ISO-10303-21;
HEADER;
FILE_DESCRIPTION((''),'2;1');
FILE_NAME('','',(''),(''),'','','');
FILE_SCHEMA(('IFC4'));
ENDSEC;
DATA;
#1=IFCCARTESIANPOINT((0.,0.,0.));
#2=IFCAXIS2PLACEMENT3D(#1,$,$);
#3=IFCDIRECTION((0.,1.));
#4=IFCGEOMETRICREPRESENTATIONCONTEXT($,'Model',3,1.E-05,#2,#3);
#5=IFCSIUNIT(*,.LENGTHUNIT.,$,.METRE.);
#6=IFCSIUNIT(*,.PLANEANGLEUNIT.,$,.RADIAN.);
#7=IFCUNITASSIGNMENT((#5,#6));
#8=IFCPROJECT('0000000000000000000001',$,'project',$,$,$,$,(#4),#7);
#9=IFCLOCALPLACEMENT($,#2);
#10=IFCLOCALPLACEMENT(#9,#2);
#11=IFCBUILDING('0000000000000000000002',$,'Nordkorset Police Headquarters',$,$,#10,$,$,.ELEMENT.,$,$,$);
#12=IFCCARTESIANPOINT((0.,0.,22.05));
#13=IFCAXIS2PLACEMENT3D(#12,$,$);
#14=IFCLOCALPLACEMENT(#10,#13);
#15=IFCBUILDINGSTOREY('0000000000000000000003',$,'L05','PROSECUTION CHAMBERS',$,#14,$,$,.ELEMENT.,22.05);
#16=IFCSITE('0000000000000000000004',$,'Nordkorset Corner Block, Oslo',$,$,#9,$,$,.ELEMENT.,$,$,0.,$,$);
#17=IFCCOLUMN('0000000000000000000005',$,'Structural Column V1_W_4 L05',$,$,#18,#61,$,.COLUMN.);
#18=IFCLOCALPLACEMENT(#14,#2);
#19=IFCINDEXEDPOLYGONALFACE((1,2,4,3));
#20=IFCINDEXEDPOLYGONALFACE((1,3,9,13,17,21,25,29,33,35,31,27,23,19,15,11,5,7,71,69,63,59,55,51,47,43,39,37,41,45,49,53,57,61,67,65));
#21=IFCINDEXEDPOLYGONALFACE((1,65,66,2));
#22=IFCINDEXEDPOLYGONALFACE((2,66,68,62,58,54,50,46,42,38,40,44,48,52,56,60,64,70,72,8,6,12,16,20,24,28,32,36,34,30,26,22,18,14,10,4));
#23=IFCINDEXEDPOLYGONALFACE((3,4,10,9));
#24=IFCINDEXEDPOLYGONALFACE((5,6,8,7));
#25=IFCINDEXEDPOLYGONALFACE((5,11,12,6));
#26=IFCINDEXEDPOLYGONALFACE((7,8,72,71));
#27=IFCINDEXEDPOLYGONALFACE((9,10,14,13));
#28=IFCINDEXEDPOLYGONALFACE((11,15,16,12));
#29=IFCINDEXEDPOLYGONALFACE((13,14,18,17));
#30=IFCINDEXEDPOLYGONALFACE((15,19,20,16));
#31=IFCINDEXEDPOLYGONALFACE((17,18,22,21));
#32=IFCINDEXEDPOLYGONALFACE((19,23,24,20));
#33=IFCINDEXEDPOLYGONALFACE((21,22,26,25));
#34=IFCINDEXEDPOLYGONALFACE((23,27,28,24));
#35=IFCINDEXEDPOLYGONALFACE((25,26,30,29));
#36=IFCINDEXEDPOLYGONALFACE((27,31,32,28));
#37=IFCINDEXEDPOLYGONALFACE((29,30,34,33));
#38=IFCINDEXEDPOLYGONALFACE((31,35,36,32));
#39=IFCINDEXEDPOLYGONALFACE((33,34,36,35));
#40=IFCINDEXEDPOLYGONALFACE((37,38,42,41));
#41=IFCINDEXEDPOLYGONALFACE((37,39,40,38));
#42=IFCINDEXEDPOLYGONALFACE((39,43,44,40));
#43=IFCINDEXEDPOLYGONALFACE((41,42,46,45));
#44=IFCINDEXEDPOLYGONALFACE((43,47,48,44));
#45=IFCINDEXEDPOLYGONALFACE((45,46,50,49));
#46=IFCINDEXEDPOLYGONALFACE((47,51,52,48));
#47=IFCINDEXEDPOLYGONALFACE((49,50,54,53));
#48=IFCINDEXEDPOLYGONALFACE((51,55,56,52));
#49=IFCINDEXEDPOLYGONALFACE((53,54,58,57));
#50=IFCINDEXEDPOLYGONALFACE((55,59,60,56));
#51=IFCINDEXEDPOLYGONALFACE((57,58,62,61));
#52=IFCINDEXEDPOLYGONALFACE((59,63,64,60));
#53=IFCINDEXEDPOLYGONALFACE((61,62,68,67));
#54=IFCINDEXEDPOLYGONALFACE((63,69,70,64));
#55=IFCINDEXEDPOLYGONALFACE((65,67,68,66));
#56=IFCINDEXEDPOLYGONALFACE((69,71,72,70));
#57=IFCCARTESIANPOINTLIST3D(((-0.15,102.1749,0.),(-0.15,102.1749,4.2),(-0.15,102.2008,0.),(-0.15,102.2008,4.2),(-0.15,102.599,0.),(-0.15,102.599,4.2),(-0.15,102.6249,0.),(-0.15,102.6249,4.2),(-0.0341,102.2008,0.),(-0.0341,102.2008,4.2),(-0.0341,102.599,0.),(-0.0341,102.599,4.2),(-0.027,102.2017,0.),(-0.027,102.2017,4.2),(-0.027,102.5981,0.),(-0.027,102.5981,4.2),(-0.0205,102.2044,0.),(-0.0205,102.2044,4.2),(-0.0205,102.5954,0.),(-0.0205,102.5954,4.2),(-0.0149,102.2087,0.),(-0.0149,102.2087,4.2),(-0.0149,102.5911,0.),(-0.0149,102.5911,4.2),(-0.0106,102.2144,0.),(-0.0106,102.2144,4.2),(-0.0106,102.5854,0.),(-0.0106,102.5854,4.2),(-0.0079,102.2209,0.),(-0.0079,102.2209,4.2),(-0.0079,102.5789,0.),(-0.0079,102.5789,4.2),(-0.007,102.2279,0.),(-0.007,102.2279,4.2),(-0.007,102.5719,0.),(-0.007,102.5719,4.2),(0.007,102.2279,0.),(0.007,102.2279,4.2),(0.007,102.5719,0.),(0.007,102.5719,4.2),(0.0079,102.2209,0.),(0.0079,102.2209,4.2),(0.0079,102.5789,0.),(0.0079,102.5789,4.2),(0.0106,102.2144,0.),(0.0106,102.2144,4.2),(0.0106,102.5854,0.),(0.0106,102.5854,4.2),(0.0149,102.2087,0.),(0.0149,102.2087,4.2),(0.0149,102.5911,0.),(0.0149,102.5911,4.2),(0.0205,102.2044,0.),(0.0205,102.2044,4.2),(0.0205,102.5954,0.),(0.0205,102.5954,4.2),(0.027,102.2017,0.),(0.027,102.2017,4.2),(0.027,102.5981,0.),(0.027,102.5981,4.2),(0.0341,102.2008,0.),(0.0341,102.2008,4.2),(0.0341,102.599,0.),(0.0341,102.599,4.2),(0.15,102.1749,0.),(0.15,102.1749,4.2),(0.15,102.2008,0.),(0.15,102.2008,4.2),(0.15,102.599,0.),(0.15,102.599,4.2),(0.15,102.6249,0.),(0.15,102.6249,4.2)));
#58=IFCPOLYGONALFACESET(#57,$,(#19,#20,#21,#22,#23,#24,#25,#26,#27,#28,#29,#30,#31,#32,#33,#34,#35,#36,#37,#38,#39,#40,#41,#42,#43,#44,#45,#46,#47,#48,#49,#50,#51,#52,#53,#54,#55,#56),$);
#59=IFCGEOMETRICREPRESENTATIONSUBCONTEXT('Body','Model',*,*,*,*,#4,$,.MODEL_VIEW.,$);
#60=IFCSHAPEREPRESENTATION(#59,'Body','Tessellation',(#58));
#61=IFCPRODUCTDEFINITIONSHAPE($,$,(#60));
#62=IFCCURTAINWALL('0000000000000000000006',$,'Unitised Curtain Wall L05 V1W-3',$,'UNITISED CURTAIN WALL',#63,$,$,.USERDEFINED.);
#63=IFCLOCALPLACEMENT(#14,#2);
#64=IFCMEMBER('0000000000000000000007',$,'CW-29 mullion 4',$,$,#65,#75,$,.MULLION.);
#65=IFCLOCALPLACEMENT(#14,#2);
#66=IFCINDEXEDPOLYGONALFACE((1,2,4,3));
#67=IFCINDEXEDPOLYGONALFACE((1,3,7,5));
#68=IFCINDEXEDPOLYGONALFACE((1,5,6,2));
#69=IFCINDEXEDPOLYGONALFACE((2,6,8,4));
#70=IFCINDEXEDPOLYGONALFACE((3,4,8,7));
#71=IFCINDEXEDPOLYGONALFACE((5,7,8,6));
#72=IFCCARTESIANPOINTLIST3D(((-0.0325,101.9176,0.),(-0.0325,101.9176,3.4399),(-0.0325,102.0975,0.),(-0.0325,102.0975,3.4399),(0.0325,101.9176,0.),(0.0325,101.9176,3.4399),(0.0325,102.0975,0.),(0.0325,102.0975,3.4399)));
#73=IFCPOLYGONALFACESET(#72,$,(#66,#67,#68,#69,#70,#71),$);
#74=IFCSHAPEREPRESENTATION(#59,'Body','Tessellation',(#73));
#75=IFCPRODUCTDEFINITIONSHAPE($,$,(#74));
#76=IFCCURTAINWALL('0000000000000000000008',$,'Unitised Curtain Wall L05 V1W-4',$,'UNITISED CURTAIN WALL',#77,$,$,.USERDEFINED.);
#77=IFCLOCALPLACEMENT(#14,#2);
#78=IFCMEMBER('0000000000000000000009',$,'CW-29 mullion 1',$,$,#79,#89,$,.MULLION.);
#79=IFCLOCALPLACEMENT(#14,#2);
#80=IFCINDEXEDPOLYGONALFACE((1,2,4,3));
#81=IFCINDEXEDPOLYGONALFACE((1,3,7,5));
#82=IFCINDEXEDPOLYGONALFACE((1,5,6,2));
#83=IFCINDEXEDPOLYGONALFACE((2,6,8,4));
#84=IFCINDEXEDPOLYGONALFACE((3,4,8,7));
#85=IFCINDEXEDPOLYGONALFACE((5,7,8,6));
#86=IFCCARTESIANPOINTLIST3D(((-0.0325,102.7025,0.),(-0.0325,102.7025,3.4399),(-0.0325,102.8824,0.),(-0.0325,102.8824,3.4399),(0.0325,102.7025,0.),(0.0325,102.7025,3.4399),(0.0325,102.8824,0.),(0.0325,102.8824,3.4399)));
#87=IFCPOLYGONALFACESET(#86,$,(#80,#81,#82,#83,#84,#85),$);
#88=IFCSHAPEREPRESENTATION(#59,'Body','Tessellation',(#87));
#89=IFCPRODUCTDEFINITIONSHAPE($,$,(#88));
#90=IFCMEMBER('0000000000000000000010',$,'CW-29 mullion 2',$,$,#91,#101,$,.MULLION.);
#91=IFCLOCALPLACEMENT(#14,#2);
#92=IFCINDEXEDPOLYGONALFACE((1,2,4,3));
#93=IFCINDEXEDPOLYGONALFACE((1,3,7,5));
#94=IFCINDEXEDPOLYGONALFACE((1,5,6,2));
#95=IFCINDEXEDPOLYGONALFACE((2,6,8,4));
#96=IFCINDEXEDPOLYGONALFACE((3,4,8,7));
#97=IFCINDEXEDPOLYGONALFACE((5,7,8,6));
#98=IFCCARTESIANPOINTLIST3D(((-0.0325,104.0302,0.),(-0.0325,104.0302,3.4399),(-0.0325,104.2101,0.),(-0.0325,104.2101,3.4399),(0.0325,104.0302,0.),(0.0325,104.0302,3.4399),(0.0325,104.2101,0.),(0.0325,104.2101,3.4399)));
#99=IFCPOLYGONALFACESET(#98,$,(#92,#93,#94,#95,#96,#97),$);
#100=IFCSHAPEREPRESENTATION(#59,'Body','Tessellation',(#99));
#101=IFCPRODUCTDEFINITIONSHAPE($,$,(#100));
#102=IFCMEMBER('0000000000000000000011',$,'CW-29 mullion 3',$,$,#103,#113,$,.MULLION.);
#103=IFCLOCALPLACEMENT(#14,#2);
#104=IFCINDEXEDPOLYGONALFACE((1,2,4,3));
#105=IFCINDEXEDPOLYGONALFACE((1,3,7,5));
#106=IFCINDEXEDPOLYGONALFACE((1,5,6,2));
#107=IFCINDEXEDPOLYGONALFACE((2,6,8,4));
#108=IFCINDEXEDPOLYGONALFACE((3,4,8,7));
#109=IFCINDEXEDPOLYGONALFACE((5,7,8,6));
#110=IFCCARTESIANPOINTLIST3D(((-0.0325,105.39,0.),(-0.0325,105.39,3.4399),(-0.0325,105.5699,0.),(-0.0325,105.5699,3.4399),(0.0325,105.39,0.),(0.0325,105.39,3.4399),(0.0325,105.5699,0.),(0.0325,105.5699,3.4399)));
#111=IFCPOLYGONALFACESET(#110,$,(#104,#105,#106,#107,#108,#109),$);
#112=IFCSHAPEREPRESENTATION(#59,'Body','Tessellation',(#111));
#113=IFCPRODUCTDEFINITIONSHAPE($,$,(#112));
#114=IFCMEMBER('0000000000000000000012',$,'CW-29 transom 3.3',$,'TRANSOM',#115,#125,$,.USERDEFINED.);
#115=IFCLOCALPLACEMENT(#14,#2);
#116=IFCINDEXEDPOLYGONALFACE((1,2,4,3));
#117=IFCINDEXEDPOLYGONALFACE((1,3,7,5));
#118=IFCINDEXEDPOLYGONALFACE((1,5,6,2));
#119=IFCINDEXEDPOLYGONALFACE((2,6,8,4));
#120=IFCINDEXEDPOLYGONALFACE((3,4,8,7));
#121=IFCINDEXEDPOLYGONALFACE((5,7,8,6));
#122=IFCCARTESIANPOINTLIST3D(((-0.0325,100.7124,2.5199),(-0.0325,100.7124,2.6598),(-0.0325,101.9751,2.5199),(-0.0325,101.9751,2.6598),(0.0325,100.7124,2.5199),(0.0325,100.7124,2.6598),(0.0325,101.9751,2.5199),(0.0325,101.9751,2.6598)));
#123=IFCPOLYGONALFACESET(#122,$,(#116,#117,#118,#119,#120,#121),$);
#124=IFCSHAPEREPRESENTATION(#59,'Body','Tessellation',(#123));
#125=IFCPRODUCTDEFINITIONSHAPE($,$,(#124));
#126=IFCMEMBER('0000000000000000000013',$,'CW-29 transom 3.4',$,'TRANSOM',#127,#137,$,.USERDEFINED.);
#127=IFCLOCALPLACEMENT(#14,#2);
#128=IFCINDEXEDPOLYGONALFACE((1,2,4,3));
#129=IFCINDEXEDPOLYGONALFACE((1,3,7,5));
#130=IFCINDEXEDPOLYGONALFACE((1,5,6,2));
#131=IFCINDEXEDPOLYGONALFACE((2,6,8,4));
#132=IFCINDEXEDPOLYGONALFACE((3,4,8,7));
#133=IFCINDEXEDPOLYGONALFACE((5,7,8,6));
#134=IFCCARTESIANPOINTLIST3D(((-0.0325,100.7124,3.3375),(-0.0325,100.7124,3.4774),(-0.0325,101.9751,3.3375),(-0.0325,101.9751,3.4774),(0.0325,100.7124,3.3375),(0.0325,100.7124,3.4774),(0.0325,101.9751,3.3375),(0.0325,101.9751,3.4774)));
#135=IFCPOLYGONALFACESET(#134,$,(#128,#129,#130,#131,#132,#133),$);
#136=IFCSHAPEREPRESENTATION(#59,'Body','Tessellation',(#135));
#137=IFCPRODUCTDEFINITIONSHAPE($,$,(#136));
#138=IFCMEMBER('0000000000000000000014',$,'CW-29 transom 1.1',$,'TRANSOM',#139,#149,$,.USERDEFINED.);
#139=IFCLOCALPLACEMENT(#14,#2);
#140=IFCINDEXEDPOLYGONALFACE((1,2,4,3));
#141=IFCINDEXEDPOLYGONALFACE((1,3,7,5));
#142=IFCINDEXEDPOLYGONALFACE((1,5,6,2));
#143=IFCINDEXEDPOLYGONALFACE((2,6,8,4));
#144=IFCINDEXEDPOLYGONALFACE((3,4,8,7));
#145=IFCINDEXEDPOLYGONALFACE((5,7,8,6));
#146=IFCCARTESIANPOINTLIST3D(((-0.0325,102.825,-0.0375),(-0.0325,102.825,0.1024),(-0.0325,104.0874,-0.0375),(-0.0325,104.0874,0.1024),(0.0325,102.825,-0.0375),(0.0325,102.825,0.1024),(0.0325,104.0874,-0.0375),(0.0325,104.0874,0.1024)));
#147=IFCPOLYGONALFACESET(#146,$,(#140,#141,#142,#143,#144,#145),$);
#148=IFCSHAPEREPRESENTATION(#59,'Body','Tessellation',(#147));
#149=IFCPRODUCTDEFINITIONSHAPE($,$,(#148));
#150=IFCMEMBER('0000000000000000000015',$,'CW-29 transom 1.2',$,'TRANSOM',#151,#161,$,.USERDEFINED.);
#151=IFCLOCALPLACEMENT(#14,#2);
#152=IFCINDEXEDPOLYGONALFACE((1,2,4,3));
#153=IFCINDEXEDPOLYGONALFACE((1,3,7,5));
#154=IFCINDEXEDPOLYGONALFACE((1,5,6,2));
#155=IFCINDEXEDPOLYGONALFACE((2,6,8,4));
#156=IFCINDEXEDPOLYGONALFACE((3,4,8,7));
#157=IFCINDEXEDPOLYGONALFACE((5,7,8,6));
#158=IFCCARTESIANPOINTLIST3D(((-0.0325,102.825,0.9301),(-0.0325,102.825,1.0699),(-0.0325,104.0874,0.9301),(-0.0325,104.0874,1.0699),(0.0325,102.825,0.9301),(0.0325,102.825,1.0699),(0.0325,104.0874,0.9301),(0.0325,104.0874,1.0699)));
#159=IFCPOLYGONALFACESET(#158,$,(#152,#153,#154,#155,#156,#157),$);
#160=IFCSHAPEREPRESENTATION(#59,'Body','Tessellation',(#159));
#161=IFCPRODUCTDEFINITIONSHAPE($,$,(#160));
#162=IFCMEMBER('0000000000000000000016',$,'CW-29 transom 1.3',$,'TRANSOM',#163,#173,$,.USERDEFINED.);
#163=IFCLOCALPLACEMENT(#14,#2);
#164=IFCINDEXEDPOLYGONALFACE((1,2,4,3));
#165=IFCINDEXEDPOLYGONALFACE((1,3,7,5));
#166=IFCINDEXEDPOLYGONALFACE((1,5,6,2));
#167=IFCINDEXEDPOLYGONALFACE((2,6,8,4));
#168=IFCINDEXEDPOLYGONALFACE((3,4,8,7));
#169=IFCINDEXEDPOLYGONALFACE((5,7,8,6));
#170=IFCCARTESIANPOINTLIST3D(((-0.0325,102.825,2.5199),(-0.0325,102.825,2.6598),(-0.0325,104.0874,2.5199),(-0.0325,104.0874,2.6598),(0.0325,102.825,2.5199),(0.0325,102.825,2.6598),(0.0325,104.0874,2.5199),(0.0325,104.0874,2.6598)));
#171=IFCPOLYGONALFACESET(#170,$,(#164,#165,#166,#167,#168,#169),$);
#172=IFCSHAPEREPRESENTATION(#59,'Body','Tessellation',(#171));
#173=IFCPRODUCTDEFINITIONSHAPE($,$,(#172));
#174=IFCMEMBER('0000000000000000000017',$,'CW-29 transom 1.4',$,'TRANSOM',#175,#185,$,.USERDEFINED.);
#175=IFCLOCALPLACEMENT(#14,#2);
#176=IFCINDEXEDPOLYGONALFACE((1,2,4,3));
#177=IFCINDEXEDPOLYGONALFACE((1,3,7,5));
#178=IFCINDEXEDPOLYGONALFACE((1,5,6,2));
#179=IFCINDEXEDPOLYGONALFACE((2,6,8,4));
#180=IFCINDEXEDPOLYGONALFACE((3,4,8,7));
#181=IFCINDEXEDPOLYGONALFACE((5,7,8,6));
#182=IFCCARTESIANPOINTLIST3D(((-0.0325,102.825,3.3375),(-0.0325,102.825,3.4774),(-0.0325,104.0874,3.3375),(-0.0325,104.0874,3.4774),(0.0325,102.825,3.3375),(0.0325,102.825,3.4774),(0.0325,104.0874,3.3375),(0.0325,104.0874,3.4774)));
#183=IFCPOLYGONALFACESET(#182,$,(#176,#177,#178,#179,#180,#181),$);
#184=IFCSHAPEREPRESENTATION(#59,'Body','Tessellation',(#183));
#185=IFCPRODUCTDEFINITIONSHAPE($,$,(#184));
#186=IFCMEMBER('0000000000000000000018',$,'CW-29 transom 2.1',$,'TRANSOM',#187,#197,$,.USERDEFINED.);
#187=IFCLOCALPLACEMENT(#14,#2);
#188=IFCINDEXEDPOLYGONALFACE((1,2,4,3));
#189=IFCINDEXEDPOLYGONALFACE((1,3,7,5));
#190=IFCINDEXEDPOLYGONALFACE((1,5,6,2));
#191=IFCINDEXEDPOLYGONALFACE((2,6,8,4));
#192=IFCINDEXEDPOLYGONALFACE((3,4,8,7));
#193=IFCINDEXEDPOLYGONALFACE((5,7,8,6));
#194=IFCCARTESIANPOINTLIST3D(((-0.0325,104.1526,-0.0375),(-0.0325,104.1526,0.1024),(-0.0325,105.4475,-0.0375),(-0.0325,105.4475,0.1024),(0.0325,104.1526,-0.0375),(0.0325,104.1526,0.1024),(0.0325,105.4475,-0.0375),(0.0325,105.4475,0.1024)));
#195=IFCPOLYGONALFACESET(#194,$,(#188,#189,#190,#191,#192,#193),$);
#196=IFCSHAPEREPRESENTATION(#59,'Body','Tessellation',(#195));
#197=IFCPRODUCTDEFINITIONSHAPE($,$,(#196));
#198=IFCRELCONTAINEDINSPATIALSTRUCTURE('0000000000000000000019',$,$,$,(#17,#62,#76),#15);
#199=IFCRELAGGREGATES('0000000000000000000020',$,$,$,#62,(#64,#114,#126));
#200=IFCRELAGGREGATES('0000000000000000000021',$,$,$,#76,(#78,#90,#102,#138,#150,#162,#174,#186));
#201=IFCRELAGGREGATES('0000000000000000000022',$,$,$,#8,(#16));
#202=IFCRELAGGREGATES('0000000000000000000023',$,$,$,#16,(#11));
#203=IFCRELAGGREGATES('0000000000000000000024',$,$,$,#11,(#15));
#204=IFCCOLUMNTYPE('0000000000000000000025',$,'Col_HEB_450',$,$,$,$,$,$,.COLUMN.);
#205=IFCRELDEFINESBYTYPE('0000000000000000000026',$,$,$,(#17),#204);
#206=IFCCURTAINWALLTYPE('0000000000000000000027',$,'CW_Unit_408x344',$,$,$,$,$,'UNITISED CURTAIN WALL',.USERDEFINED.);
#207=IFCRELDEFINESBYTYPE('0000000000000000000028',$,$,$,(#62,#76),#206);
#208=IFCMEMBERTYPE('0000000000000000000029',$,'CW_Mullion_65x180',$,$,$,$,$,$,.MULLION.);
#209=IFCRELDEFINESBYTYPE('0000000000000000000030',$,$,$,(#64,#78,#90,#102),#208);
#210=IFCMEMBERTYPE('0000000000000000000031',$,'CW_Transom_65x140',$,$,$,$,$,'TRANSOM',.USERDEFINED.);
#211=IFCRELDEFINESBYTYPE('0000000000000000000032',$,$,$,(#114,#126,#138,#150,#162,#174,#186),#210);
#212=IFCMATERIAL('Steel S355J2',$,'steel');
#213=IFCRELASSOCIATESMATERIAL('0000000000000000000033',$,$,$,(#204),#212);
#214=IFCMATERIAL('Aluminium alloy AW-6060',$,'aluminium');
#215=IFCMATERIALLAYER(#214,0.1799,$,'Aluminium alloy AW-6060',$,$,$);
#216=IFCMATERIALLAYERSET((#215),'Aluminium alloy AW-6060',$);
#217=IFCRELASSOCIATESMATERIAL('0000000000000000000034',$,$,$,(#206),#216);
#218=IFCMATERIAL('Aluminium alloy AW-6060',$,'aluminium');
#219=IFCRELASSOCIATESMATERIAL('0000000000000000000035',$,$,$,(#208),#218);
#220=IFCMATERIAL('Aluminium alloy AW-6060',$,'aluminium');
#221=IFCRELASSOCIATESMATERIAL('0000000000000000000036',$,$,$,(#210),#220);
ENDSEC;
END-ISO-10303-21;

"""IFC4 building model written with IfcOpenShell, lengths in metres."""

from ifc_helpers import new_model, si_unit, direction, frame, origin, origin_2d, place, context, subcontext, project, spatial, rectangle, i_section, extrude, material, layer, layer_set, material_profile, profile_set, type_object, element, aggregate, save


model = new_model("IFC4")

# Units and contexts
model_context = context("Model", 3, precision=1e-05, world=origin(), true_north=direction((0.0, 1.0)))
body_context = subcontext(model_context, "Body", "Model", "MODEL_VIEW")
ifc_project = project(units=[si_unit("LENGTHUNIT", "METRE"), si_unit("PLANEANGLEUNIT", "RADIAN")], contexts=[model_context])

# Site, building, storey
site_placement = place(None, origin())
site = spatial("IfcSite", under=ifc_project, at=site_placement, Name="Nordkorset Corner Block, Oslo", CompositionType="ELEMENT", RefElevation=0.0)
building_placement = place(site_placement, origin())
building = spatial("IfcBuilding", under=site, at=building_placement, Name="Nordkorset Police Headquarters", CompositionType="ELEMENT")
storey_placement = place(building_placement, frame((0.0, 0.0, 22.05)))
storey = spatial("IfcBuildingStorey", under=building, at=storey_placement, Name="L05", Description="PROSECUTION CHAMBERS", CompositionType="ELEMENT", Elevation=22.05)

# Column
ifc_material_1 = material(Name="Steel S355J2", Category="steel")
ifc_material_profile_1 = material_profile(ifc_material_1, i_section(OverallWidth=0.3, OverallDepth=0.45, WebThickness=0.0139, FlangeThickness=0.0259, FilletRadius=0.0271, at=origin_2d()), Name="HEB 450")
ifc_profile_set_1 = profile_set([ifc_material_profile_1], Name="Steel S355J2")
column_type = type_object("IfcColumnType", Name="Col_HEB_450", PredefinedType="COLUMN", material=ifc_profile_set_1)
column_placement = place(storey_placement, frame((0.0, 102.3999, 0.0), z_axis=(0.0, 0.0, 1.0), x_axis=(1.0, 0.0, 0.0)))
element("IfcColumn", 1, at=column_placement, inside=storey, type_object=column_type, Name="Structural Column V1_W_4 L05", PredefinedType="COLUMN", context=body_context, shape_type="SweptSolid", body=[
    extrude(i_section(OverallWidth=0.3, OverallDepth=0.45, WebThickness=0.0139, FlangeThickness=0.0259, FilletRadius=0.0271, at=origin_2d()), origin(), (0.0, 0.0, 1.0), 4.2),
])

# Curtain wall, member
ifc_material_2 = material(Name="Aluminium alloy AW-6060", Category="aluminium")
ifc_layer_1 = layer(ifc_material_2, 0.1799, Name="Aluminium alloy AW-6060")
ifc_layer_set_1 = layer_set([ifc_layer_1], Name="Aluminium alloy AW-6060")
curtain_wall_type = type_object("IfcCurtainWallType", Name="CW_Unit_408x344", ElementType="UNITISED CURTAIN WALL", PredefinedType="USERDEFINED", material=ifc_layer_set_1)
curtain_wall_1_placement = place(storey_placement, origin())
curtain_wall_1 = element("IfcCurtainWall", 2, at=curtain_wall_1_placement, inside=storey, type_object=curtain_wall_type, Name="Unitised Curtain Wall L05 V1W-3", ObjectType="UNITISED CURTAIN WALL", PredefinedType="USERDEFINED")
ifc_material_3 = material(Name="Aluminium alloy AW-6060", Category="aluminium")
ifc_material_profile_2 = material_profile(ifc_material_3, rectangle(XDim=0.0649, YDim=0.1799, at=origin_2d()), Name="ALU MULL 65x180")
ifc_profile_set_2 = profile_set([ifc_material_profile_2], Name="Aluminium alloy AW-6060")
member_type_1 = type_object("IfcMemberType", Name="CW_Mullion_65x180", PredefinedType="MULLION", material=ifc_profile_set_2)
member_1_placement = place(storey_placement, frame((0.0, 102.0076, 0.0), z_axis=(0.0, 0.0, 1.0), x_axis=(-1.0, 0.0, 0.0)))
member_1 = element("IfcMember", 3, at=member_1_placement, type_object=member_type_1, Name="CW-29 mullion 4", PredefinedType="MULLION", context=body_context, shape_type="SweptSolid", body=[
    extrude(rectangle(XDim=0.0649, YDim=0.1799, at=origin_2d()), origin(), (0.0, 0.0, 1.0), 3.4399),
])

# Curtain wall, members
curtain_wall_2_placement = place(storey_placement, origin())
curtain_wall_2 = element("IfcCurtainWall", 4, at=curtain_wall_2_placement, inside=storey, type_object=curtain_wall_type, Name="Unitised Curtain Wall L05 V1W-4", ObjectType="UNITISED CURTAIN WALL", PredefinedType="USERDEFINED")
member_2_placement = place(storey_placement, frame((0.0, 102.7925, 0.0), z_axis=(0.0, 0.0, 1.0), x_axis=(-1.0, 0.0, 0.0)))
member_2 = element("IfcMember", 5, at=member_2_placement, type_object=member_type_1, Name="CW-29 mullion 1", PredefinedType="MULLION", context=body_context, shape_type="SweptSolid", body=[
    extrude(rectangle(XDim=0.0649, YDim=0.1799, at=origin_2d()), origin(), (0.0, 0.0, 1.0), 3.4399),
])
member_3_placement = place(storey_placement, frame((0.0, 104.1201, 0.0), z_axis=(0.0, 0.0, 1.0), x_axis=(-1.0, 0.0, 0.0)))
member_3 = element("IfcMember", 6, at=member_3_placement, type_object=member_type_1, Name="CW-29 mullion 2", PredefinedType="MULLION", context=body_context, shape_type="SweptSolid", body=[
    extrude(rectangle(XDim=0.0649, YDim=0.1799, at=origin_2d()), origin(), (0.0, 0.0, 1.0), 3.4399),
])
member_4_placement = place(storey_placement, frame((0.0, 105.48, 0.0), z_axis=(0.0, 0.0, 1.0), x_axis=(-1.0, 0.0, 0.0)))
member_4 = element("IfcMember", 7, at=member_4_placement, type_object=member_type_1, Name="CW-29 mullion 3", PredefinedType="MULLION", context=body_context, shape_type="SweptSolid", body=[
    extrude(rectangle(XDim=0.0649, YDim=0.1799, at=origin_2d()), origin(), (0.0, 0.0, 1.0), 3.4399),
])

# Members
ifc_material_4 = material(Name="Aluminium alloy AW-6060", Category="aluminium")
ifc_material_profile_3 = material_profile(ifc_material_4, rectangle(XDim=0.0649, YDim=0.1399, at=origin_2d()), Name="ALU TRAN 65x140")
ifc_profile_set_3 = profile_set([ifc_material_profile_3], Name="Aluminium alloy AW-6060")
member_type_2 = type_object("IfcMemberType", Name="CW_Transom_65x140", ElementType="TRANSOM", PredefinedType="USERDEFINED", material=ifc_profile_set_3)
member_5_placement = place(storey_placement, frame((0.0, 100.7124, 2.5898), z_axis=(0.0, 1.0, 0.0), x_axis=(-1.0, 0.0, 0.0)))
member_5 = element("IfcMember", 8, at=member_5_placement, type_object=member_type_2, Name="CW-29 transom 3.3", ObjectType="TRANSOM", PredefinedType="USERDEFINED", context=body_context, shape_type="SweptSolid", body=[
    extrude(rectangle(XDim=0.0649, YDim=0.1399, at=origin_2d()), origin(), (0.0, 0.0, 1.0), 1.2627),
])
member_6_placement = place(storey_placement, frame((0.0, 100.7124, 3.4075), z_axis=(0.0, 1.0, 0.0), x_axis=(-1.0, 0.0, 0.0)))
member_6 = element("IfcMember", 9, at=member_6_placement, type_object=member_type_2, Name="CW-29 transom 3.4", ObjectType="TRANSOM", PredefinedType="USERDEFINED", context=body_context, shape_type="SweptSolid", body=[
    extrude(rectangle(XDim=0.0649, YDim=0.1399, at=origin_2d()), origin(), (0.0, 0.0, 1.0), 1.2627),
])
member_7_placement = place(storey_placement, frame((0.0, 102.825, 0.0325), z_axis=(0.0, 1.0, 0.0), x_axis=(-1.0, 0.0, 0.0)))
member_7 = element("IfcMember", 10, at=member_7_placement, type_object=member_type_2, Name="CW-29 transom 1.1", ObjectType="TRANSOM", PredefinedType="USERDEFINED", context=body_context, shape_type="SweptSolid", body=[
    extrude(rectangle(XDim=0.0649, YDim=0.1399, at=origin_2d()), origin(), (0.0, 0.0, 1.0), 1.2625),
])
member_8_placement = place(storey_placement, frame((0.0, 102.825, 1.0), z_axis=(0.0, 1.0, 0.0), x_axis=(-1.0, 0.0, 0.0)))
member_8 = element("IfcMember", 11, at=member_8_placement, type_object=member_type_2, Name="CW-29 transom 1.2", ObjectType="TRANSOM", PredefinedType="USERDEFINED", context=body_context, shape_type="SweptSolid", body=[
    extrude(rectangle(XDim=0.0649, YDim=0.1399, at=origin_2d()), origin(), (0.0, 0.0, 1.0), 1.2625),
])
member_9_placement = place(storey_placement, frame((0.0, 102.825, 2.5898), z_axis=(0.0, 1.0, 0.0), x_axis=(-1.0, 0.0, 0.0)))
member_9 = element("IfcMember", 12, at=member_9_placement, type_object=member_type_2, Name="CW-29 transom 1.3", ObjectType="TRANSOM", PredefinedType="USERDEFINED", context=body_context, shape_type="SweptSolid", body=[
    extrude(rectangle(XDim=0.0649, YDim=0.1399, at=origin_2d()), origin(), (0.0, 0.0, 1.0), 1.2625),
])
member_10_placement = place(storey_placement, frame((0.0, 102.825, 3.4075), z_axis=(0.0, 1.0, 0.0), x_axis=(-1.0, 0.0, 0.0)))
member_10 = element("IfcMember", 13, at=member_10_placement, type_object=member_type_2, Name="CW-29 transom 1.4", ObjectType="TRANSOM", PredefinedType="USERDEFINED", context=body_context, shape_type="SweptSolid", body=[
    extrude(rectangle(XDim=0.0649, YDim=0.1399, at=origin_2d()), origin(), (0.0, 0.0, 1.0), 1.2625),
])
member_11_placement = place(storey_placement, frame((0.0, 104.1526, 0.0325), z_axis=(0.0, 1.0, 0.0), x_axis=(-1.0, 0.0, 0.0)))
member_11 = element("IfcMember", 14, at=member_11_placement, type_object=member_type_2, Name="CW-29 transom 2.1", ObjectType="TRANSOM", PredefinedType="USERDEFINED", context=body_context, shape_type="SweptSolid", body=[
    extrude(rectangle(XDim=0.0649, YDim=0.1399, at=origin_2d()), origin(), (0.0, 0.0, 1.0), 1.2949),
])

aggregate(curtain_wall_1, [member_1, member_5, member_6])
aggregate(curtain_wall_2, [member_2, member_3, member_4, member_7, member_8, member_9, member_10, member_11])

save(model, "model.ifc")
